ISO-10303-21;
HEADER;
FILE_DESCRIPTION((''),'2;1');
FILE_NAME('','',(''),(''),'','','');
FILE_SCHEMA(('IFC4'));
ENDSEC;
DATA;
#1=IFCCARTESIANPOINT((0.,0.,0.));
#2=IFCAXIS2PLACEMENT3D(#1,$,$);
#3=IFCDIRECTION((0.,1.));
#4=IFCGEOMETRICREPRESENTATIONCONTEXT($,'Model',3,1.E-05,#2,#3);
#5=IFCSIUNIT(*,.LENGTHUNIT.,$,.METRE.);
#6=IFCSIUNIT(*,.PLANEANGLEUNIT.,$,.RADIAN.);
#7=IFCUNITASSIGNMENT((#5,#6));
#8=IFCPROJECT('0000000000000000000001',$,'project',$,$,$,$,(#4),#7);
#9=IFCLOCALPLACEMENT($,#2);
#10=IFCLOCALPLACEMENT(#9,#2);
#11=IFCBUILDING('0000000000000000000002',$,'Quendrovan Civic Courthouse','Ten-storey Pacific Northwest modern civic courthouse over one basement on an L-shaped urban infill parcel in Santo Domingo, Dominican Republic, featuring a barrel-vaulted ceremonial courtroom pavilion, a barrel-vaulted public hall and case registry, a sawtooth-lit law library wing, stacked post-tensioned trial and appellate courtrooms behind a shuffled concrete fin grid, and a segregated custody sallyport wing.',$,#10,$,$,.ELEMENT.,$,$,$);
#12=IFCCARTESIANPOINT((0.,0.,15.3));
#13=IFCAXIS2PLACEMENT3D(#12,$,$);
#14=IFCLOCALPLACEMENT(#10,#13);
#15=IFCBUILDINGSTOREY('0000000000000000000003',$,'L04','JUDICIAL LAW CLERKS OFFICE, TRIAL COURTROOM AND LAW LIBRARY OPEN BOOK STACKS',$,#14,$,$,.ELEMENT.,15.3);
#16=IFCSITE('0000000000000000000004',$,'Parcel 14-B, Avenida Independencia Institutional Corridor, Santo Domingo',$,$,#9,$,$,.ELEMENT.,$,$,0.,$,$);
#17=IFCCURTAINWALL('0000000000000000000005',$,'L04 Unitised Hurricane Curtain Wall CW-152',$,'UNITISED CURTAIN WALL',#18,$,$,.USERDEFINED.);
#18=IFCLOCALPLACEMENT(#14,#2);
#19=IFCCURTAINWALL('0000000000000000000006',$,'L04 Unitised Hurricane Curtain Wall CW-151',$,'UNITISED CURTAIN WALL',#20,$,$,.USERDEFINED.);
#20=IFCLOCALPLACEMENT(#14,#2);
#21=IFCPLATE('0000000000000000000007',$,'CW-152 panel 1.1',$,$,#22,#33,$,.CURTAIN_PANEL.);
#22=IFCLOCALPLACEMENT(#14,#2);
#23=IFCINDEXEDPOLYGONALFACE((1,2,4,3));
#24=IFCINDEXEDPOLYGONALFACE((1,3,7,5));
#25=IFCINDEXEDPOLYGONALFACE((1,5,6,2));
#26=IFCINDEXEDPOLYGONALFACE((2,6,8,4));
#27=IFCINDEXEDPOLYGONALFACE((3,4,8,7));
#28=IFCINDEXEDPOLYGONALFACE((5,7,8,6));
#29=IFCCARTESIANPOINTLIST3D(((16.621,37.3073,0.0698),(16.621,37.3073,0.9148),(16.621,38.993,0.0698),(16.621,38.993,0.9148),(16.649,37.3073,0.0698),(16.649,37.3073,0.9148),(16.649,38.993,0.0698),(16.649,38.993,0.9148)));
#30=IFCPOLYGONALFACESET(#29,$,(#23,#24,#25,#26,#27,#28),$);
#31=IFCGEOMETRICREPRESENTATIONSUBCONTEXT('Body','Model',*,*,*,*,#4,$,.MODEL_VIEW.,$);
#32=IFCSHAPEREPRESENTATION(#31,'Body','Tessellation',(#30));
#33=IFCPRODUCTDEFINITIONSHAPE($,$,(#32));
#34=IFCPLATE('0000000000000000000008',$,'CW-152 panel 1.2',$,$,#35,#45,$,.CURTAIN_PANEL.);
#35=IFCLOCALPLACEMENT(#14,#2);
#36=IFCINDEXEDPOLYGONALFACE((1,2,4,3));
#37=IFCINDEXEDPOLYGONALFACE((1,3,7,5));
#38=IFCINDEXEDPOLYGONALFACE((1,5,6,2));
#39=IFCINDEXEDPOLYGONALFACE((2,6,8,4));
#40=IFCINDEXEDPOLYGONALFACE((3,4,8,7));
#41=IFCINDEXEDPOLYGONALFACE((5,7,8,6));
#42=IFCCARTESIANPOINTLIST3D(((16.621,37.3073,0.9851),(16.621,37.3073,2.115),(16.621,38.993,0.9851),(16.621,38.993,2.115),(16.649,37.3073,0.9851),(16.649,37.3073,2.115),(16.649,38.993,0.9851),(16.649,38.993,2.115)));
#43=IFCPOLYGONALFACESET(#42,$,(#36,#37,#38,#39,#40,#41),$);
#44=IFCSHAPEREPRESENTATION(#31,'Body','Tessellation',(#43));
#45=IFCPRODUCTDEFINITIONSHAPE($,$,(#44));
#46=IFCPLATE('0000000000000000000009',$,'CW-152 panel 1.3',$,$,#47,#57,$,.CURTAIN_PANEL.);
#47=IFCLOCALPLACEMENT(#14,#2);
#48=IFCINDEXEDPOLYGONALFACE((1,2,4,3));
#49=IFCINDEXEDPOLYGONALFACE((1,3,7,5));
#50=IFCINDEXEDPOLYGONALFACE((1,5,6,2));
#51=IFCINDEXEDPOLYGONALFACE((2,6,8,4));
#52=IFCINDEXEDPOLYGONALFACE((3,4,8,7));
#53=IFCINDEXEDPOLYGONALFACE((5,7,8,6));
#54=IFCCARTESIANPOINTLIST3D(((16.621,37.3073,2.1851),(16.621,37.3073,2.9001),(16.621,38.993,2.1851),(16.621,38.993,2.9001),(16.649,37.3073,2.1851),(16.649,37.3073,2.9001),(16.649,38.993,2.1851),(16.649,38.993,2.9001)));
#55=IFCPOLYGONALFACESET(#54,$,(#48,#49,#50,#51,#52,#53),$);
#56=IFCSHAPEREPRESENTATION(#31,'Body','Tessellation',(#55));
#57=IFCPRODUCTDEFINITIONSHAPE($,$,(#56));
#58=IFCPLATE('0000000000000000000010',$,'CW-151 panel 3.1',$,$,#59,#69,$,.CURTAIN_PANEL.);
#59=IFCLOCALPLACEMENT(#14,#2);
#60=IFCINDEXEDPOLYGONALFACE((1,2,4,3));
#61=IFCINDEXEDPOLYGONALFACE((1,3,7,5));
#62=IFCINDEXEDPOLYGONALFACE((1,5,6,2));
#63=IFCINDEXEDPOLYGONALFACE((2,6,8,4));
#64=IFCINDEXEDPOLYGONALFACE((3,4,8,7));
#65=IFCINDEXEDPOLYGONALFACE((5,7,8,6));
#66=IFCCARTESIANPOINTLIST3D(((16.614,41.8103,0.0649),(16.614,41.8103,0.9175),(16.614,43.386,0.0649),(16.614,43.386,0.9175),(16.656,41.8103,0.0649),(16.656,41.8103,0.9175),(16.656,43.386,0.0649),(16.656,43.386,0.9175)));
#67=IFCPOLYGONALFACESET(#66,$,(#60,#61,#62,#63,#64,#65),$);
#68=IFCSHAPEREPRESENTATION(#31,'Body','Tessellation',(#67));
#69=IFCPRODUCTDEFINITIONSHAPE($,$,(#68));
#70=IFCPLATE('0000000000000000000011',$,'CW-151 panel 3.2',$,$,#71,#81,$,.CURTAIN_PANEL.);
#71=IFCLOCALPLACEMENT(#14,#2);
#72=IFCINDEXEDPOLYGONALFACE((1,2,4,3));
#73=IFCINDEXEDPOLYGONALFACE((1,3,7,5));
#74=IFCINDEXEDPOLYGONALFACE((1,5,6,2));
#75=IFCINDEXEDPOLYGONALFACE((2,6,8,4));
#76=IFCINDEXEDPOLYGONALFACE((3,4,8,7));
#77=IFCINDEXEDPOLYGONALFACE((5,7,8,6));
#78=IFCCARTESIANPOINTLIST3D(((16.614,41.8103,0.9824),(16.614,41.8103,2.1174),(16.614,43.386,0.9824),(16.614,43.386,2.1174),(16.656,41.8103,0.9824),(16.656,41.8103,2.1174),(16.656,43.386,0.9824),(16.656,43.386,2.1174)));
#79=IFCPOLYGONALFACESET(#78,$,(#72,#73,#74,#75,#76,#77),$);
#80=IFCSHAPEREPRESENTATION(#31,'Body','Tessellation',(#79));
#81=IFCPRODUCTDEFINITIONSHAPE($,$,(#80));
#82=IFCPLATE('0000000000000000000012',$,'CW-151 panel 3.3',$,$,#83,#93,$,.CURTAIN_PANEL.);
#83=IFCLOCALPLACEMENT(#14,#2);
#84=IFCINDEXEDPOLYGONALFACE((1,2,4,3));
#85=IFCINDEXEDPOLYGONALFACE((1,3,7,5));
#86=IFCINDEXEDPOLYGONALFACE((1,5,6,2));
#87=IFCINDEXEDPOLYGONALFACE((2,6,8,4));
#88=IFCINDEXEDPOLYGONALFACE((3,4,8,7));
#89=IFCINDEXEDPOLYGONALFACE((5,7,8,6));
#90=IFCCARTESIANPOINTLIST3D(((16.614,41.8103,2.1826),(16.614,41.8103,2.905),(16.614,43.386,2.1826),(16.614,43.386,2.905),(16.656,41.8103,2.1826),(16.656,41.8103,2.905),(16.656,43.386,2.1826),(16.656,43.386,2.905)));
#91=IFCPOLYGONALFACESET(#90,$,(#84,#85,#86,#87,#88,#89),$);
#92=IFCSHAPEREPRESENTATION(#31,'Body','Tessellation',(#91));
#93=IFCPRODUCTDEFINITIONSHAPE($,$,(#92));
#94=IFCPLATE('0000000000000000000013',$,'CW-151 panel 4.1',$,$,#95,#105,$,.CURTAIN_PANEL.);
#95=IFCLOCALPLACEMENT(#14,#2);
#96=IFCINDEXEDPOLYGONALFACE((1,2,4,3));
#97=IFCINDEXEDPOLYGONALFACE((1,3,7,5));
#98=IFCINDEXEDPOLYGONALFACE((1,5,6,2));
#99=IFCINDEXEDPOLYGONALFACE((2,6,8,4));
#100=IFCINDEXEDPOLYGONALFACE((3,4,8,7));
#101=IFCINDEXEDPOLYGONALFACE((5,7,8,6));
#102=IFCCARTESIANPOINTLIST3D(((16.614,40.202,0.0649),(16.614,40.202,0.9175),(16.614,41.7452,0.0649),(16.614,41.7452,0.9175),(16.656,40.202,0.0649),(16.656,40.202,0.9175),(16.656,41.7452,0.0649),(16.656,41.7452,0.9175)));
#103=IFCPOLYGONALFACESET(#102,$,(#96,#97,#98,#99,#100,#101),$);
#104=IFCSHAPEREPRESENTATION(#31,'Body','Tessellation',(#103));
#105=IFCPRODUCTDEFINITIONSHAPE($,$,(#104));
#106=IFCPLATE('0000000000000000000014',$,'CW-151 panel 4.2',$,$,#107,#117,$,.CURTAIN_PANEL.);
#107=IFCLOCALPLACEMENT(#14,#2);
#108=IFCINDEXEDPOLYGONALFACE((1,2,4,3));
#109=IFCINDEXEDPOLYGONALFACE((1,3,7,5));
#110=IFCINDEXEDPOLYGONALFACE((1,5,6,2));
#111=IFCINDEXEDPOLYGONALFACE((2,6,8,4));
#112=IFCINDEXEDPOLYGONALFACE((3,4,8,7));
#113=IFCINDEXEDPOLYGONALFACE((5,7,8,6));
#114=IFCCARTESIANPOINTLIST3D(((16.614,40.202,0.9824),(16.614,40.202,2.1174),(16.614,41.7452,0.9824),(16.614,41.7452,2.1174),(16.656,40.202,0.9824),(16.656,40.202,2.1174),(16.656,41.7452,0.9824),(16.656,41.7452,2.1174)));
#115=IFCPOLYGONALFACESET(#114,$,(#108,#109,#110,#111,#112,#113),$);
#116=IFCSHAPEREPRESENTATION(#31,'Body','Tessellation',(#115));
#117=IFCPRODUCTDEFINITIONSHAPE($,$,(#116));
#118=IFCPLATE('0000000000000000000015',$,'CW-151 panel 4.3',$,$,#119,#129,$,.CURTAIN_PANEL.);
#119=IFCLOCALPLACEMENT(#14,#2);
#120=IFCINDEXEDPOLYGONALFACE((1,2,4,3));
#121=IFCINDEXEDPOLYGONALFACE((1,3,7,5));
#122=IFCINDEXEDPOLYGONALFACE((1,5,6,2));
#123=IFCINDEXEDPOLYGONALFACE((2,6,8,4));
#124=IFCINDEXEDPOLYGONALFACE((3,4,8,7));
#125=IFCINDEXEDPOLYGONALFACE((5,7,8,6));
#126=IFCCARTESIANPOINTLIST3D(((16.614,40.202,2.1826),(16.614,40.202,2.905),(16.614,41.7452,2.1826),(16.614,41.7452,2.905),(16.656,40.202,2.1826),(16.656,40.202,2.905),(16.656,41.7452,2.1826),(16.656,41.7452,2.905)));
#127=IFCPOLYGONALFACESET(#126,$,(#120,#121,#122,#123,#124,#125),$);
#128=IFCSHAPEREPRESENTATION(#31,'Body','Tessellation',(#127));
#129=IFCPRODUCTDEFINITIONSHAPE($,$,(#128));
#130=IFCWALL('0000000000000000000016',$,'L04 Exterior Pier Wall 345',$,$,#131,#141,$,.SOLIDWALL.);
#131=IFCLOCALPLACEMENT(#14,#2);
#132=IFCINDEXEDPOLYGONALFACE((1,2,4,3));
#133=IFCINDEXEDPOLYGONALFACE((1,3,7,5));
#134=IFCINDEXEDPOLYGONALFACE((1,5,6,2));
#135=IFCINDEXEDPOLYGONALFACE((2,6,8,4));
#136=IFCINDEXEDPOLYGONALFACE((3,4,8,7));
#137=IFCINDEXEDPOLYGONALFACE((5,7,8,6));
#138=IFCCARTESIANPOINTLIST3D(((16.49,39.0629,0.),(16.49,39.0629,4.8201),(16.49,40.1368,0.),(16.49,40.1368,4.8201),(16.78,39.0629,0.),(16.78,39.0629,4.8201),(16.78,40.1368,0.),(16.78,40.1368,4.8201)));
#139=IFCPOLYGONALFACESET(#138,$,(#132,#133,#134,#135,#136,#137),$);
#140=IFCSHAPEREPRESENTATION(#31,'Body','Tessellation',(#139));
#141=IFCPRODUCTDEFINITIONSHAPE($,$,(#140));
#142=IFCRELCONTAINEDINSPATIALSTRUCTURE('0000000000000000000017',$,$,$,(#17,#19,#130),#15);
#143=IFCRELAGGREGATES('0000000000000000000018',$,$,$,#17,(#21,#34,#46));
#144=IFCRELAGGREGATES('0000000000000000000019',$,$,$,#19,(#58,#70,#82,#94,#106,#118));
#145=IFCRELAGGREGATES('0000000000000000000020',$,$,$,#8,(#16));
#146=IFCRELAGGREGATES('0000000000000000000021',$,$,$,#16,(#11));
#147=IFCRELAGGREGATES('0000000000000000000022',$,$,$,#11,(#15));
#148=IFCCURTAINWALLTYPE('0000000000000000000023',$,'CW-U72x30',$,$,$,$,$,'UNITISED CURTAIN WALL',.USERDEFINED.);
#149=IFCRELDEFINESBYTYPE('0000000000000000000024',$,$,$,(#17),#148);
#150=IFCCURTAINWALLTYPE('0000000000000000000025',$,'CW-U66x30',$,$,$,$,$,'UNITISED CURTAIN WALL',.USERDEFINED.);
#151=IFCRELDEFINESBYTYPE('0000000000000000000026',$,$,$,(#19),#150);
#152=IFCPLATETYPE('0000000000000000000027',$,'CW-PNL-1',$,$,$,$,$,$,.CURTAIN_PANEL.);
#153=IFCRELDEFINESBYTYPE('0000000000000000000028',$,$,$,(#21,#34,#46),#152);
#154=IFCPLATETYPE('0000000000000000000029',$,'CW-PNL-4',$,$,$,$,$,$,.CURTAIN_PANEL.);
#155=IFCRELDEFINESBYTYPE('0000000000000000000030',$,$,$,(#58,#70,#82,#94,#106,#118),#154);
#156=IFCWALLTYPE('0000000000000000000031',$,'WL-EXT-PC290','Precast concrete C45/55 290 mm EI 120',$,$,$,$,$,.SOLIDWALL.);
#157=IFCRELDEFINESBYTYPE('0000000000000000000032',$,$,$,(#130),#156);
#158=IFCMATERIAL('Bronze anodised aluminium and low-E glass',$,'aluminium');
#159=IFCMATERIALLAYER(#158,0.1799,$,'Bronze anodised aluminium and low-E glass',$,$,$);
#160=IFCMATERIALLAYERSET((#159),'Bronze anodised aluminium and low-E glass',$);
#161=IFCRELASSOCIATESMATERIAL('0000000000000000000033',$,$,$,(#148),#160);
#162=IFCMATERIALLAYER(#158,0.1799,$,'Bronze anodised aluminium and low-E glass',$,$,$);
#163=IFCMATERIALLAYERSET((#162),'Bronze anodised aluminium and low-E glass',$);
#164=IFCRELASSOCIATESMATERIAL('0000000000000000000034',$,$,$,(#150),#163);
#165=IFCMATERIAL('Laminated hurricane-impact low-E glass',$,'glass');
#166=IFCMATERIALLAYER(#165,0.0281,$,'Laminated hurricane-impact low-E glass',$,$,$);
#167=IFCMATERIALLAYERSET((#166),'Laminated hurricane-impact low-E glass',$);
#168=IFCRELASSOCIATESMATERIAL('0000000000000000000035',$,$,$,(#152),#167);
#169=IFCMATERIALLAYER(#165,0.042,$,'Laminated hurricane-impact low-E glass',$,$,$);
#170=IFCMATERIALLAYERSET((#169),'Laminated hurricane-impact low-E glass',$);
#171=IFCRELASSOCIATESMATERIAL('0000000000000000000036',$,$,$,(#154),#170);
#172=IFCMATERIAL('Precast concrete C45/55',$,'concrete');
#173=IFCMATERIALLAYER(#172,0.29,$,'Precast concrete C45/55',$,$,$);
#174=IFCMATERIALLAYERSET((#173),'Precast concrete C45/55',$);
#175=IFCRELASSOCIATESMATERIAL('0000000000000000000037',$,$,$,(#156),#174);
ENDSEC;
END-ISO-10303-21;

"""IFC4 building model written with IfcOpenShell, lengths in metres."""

from ifc_helpers import new_model, si_unit, direction, frame, frame_2d, origin, origin_2d, place, context, subcontext, project, spatial, rectangle, extrude, material, layer, layer_set, type_object, element, aggregate, save


model = new_model("IFC4")

# Units and contexts
model_context = context("Model", 3, precision=1e-05, world=origin(), true_north=direction((0.0, 1.0)))
body_context = subcontext(model_context, "Body", "Model", "MODEL_VIEW")
ifc_project = project(units=[si_unit("LENGTHUNIT", "METRE"), si_unit("PLANEANGLEUNIT", "RADIAN")], contexts=[model_context])

# Site, building, storey
site_placement = place(None, origin())
site = spatial("IfcSite", under=ifc_project, at=site_placement, Name="Parcel 14-B, Avenida Independencia Institutional Corridor, Santo Domingo", CompositionType="ELEMENT", RefElevation=0.0)
building_placement = place(site_placement, origin())
building = spatial("IfcBuilding", under=site, at=building_placement, Name="Quendrovan Civic Courthouse", Description="Ten-storey Pacific Northwest modern civic courthouse over one basement on an L-shaped urban infill parcel in Santo Domingo, Dominican Republic, featuring a barrel-vaulted ceremonial courtroom pavilion, a barrel-vaulted public hall and case registry, a sawtooth-lit law library wing, stacked post-tensioned trial and appellate courtrooms behind a shuffled concrete fin grid, and a segregated custody sallyport wing.", CompositionType="ELEMENT")
storey_placement = place(building_placement, frame((0.0, 0.0, 15.3)))
storey = spatial("IfcBuildingStorey", under=building, at=storey_placement, Name="L04", Description="JUDICIAL LAW CLERKS OFFICE, TRIAL COURTROOM AND LAW LIBRARY OPEN BOOK STACKS", CompositionType="ELEMENT", Elevation=15.3)

# Curtain walls
ifc_material_1 = material(Name="Bronze anodised aluminium and low-E glass", Category="aluminium")
ifc_layer_1 = layer(ifc_material_1, 0.1799, Name="Bronze anodised aluminium and low-E glass")
ifc_layer_set_1 = layer_set([ifc_layer_1], Name="Bronze anodised aluminium and low-E glass")
curtain_wall_type_1 = type_object("IfcCurtainWallType", Name="CW-U72x30", ElementType="UNITISED CURTAIN WALL", PredefinedType="USERDEFINED", material=ifc_layer_set_1)
curtain_wall_1_placement = place(storey_placement, origin())
curtain_wall_1 = element("IfcCurtainWall", 1, at=curtain_wall_1_placement, inside=storey, type_object=curtain_wall_type_1, Name="L04 Unitised Hurricane Curtain Wall CW-152", ObjectType="UNITISED CURTAIN WALL", PredefinedType="USERDEFINED")
ifc_layer_2 = layer(ifc_material_1, 0.1799, Name="Bronze anodised aluminium and low-E glass")
ifc_layer_set_2 = layer_set([ifc_layer_2], Name="Bronze anodised aluminium and low-E glass")
curtain_wall_type_2 = type_object("IfcCurtainWallType", Name="CW-U66x30", ElementType="UNITISED CURTAIN WALL", PredefinedType="USERDEFINED", material=ifc_layer_set_2)
curtain_wall_2_placement = place(storey_placement, origin())
curtain_wall_2 = element("IfcCurtainWall", 2, at=curtain_wall_2_placement, inside=storey, type_object=curtain_wall_type_2, Name="L04 Unitised Hurricane Curtain Wall CW-151", ObjectType="UNITISED CURTAIN WALL", PredefinedType="USERDEFINED")

# Plates
ifc_material_2 = material(Name="Laminated hurricane-impact low-E glass", Category="glass")
ifc_layer_3 = layer(ifc_material_2, 0.0281, Name="Laminated hurricane-impact low-E glass")
ifc_layer_set_3 = layer_set([ifc_layer_3], Name="Laminated hurricane-impact low-E glass")
plate_type_1 = type_object("IfcPlateType", Name="CW-PNL-1", PredefinedType="CURTAIN_PANEL", material=ifc_layer_set_3)
plate_1_placement = place(storey_placement, frame((16.635, 38.1501, 0.0698), z_axis=(0.0, 0.0, 1.0), x_axis=(0.0, -1.0, 0.0)))
plate_1 = element("IfcPlate", 3, at=plate_1_placement, type_object=plate_type_1, Name="CW-152 panel 1.1", PredefinedType="CURTAIN_PANEL", context=body_context, shape_type="SweptSolid", body=[
    extrude(rectangle(XDim=1.6858, YDim=0.0281, at=origin_2d()), origin(), (0.0, 0.0, 1.0), 0.845),
])
plate_2_placement = place(storey_placement, frame((16.635, 38.1501, 0.9851), z_axis=(0.0, 0.0, 1.0), x_axis=(0.0, -1.0, 0.0)))
plate_2 = element("IfcPlate", 4, at=plate_2_placement, type_object=plate_type_1, Name="CW-152 panel 1.2", PredefinedType="CURTAIN_PANEL", context=body_context, shape_type="SweptSolid", body=[
    extrude(rectangle(XDim=1.6858, YDim=0.0281, at=origin_2d()), origin(), (0.0, 0.0, 1.0), 1.1299),
])
plate_3_placement = place(storey_placement, frame((16.635, 38.1501, 2.1851), z_axis=(0.0, 0.0, 1.0), x_axis=(0.0, -1.0, 0.0)))
plate_3 = element("IfcPlate", 5, at=plate_3_placement, type_object=plate_type_1, Name="CW-152 panel 1.3", PredefinedType="CURTAIN_PANEL", context=body_context, shape_type="SweptSolid", body=[
    extrude(rectangle(XDim=1.6858, YDim=0.0281, at=origin_2d()), origin(), (0.0, 0.0, 1.0), 0.7151),
])
aggregate(curtain_wall_1, [plate_1, plate_2, plate_3])
ifc_layer_4 = layer(ifc_material_2, 0.042, Name="Laminated hurricane-impact low-E glass")
ifc_layer_set_4 = layer_set([ifc_layer_4], Name="Laminated hurricane-impact low-E glass")
plate_type_2 = type_object("IfcPlateType", Name="CW-PNL-4", PredefinedType="CURTAIN_PANEL", material=ifc_layer_set_4)
plate_4_placement = place(storey_placement, frame((16.635, 42.5981, 0.0649), z_axis=(0.0, 0.0, 1.0), x_axis=(0.0, -1.0, 0.0)))
plate_4 = element("IfcPlate", 6, at=plate_4_placement, type_object=plate_type_2, Name="CW-151 panel 3.1", PredefinedType="CURTAIN_PANEL", context=body_context, shape_type="SweptSolid", body=[
    extrude(rectangle(XDim=1.5757, YDim=0.042, at=origin_2d()), origin(), (0.0, 0.0, 1.0), 0.8525),
])
plate_5_placement = place(storey_placement, frame((16.635, 42.5981, 0.9824), z_axis=(0.0, 0.0, 1.0), x_axis=(0.0, -1.0, 0.0)))
plate_5 = element("IfcPlate", 7, at=plate_5_placement, type_object=plate_type_2, Name="CW-151 panel 3.2", PredefinedType="CURTAIN_PANEL", context=body_context, shape_type="SweptSolid", body=[
    extrude(rectangle(XDim=1.5757, YDim=0.042, at=origin_2d()), origin(), (0.0, 0.0, 1.0), 1.135),
])
plate_6_placement = place(storey_placement, frame((16.635, 42.5981, 2.1826), z_axis=(0.0, 0.0, 1.0), x_axis=(0.0, -1.0, 0.0)))
plate_6 = element("IfcPlate", 8, at=plate_6_placement, type_object=plate_type_2, Name="CW-151 panel 3.3", PredefinedType="CURTAIN_PANEL", context=body_context, shape_type="SweptSolid", body=[
    extrude(rectangle(XDim=1.5757, YDim=0.042, at=origin_2d()), origin(), (0.0, 0.0, 1.0), 0.7224),
])
plate_7_placement = place(storey_placement, frame((16.635, 40.9736, 0.0649), z_axis=(0.0, 0.0, 1.0), x_axis=(0.0, -1.0, 0.0)))
plate_7 = element("IfcPlate", 9, at=plate_7_placement, type_object=plate_type_2, Name="CW-151 panel 4.1", PredefinedType="CURTAIN_PANEL", context=body_context, shape_type="SweptSolid", body=[
    extrude(rectangle(XDim=1.5432, YDim=0.042, at=origin_2d()), origin(), (0.0, 0.0, 1.0), 0.8525),
])
plate_8_placement = place(storey_placement, frame((16.635, 40.9736, 0.9824), z_axis=(0.0, 0.0, 1.0), x_axis=(0.0, -1.0, 0.0)))
plate_8 = element("IfcPlate", 10, at=plate_8_placement, type_object=plate_type_2, Name="CW-151 panel 4.2", PredefinedType="CURTAIN_PANEL", context=body_context, shape_type="SweptSolid", body=[
    extrude(rectangle(XDim=1.5432, YDim=0.042, at=origin_2d()), origin(), (0.0, 0.0, 1.0), 1.135),
])
plate_9_placement = place(storey_placement, frame((16.635, 40.9736, 2.1826), z_axis=(0.0, 0.0, 1.0), x_axis=(0.0, -1.0, 0.0)))
plate_9 = element("IfcPlate", 11, at=plate_9_placement, type_object=plate_type_2, Name="CW-151 panel 4.3", PredefinedType="CURTAIN_PANEL", context=body_context, shape_type="SweptSolid", body=[
    extrude(rectangle(XDim=1.5432, YDim=0.042, at=origin_2d()), origin(), (0.0, 0.0, 1.0), 0.7224),
])
aggregate(curtain_wall_2, [plate_4, plate_5, plate_6, plate_7, plate_8, plate_9])

# Wall
ifc_material_3 = material(Name="Precast concrete C45/55", Category="concrete")
ifc_layer_5 = layer(ifc_material_3, 0.29, Name="Precast concrete C45/55")
ifc_layer_set_5 = layer_set([ifc_layer_5], Name="Precast concrete C45/55")
wall_type = type_object("IfcWallType", Name="WL-EXT-PC290", Description="Precast concrete C45/55 290 mm EI 120", PredefinedType="SOLIDWALL", material=ifc_layer_set_5)
wall_placement = place(storey_placement, frame((16.635, 40.137, 0.0), z_axis=(0.0, 0.0, 1.0), x_axis=(0.0, -1.0, 0.0)))
element("IfcWall", 12, at=wall_placement, inside=storey, type_object=wall_type, Name="L04 Exterior Pier Wall 345", PredefinedType="SOLIDWALL", context=body_context, shape_type="SweptSolid", body=[
    extrude(rectangle(XDim=1.074, YDim=0.29, at=frame_2d((0.5371, 0.0))), origin(), (0.0, 0.0, 1.0), 4.8201),
])

save(model, "model.ifc")
